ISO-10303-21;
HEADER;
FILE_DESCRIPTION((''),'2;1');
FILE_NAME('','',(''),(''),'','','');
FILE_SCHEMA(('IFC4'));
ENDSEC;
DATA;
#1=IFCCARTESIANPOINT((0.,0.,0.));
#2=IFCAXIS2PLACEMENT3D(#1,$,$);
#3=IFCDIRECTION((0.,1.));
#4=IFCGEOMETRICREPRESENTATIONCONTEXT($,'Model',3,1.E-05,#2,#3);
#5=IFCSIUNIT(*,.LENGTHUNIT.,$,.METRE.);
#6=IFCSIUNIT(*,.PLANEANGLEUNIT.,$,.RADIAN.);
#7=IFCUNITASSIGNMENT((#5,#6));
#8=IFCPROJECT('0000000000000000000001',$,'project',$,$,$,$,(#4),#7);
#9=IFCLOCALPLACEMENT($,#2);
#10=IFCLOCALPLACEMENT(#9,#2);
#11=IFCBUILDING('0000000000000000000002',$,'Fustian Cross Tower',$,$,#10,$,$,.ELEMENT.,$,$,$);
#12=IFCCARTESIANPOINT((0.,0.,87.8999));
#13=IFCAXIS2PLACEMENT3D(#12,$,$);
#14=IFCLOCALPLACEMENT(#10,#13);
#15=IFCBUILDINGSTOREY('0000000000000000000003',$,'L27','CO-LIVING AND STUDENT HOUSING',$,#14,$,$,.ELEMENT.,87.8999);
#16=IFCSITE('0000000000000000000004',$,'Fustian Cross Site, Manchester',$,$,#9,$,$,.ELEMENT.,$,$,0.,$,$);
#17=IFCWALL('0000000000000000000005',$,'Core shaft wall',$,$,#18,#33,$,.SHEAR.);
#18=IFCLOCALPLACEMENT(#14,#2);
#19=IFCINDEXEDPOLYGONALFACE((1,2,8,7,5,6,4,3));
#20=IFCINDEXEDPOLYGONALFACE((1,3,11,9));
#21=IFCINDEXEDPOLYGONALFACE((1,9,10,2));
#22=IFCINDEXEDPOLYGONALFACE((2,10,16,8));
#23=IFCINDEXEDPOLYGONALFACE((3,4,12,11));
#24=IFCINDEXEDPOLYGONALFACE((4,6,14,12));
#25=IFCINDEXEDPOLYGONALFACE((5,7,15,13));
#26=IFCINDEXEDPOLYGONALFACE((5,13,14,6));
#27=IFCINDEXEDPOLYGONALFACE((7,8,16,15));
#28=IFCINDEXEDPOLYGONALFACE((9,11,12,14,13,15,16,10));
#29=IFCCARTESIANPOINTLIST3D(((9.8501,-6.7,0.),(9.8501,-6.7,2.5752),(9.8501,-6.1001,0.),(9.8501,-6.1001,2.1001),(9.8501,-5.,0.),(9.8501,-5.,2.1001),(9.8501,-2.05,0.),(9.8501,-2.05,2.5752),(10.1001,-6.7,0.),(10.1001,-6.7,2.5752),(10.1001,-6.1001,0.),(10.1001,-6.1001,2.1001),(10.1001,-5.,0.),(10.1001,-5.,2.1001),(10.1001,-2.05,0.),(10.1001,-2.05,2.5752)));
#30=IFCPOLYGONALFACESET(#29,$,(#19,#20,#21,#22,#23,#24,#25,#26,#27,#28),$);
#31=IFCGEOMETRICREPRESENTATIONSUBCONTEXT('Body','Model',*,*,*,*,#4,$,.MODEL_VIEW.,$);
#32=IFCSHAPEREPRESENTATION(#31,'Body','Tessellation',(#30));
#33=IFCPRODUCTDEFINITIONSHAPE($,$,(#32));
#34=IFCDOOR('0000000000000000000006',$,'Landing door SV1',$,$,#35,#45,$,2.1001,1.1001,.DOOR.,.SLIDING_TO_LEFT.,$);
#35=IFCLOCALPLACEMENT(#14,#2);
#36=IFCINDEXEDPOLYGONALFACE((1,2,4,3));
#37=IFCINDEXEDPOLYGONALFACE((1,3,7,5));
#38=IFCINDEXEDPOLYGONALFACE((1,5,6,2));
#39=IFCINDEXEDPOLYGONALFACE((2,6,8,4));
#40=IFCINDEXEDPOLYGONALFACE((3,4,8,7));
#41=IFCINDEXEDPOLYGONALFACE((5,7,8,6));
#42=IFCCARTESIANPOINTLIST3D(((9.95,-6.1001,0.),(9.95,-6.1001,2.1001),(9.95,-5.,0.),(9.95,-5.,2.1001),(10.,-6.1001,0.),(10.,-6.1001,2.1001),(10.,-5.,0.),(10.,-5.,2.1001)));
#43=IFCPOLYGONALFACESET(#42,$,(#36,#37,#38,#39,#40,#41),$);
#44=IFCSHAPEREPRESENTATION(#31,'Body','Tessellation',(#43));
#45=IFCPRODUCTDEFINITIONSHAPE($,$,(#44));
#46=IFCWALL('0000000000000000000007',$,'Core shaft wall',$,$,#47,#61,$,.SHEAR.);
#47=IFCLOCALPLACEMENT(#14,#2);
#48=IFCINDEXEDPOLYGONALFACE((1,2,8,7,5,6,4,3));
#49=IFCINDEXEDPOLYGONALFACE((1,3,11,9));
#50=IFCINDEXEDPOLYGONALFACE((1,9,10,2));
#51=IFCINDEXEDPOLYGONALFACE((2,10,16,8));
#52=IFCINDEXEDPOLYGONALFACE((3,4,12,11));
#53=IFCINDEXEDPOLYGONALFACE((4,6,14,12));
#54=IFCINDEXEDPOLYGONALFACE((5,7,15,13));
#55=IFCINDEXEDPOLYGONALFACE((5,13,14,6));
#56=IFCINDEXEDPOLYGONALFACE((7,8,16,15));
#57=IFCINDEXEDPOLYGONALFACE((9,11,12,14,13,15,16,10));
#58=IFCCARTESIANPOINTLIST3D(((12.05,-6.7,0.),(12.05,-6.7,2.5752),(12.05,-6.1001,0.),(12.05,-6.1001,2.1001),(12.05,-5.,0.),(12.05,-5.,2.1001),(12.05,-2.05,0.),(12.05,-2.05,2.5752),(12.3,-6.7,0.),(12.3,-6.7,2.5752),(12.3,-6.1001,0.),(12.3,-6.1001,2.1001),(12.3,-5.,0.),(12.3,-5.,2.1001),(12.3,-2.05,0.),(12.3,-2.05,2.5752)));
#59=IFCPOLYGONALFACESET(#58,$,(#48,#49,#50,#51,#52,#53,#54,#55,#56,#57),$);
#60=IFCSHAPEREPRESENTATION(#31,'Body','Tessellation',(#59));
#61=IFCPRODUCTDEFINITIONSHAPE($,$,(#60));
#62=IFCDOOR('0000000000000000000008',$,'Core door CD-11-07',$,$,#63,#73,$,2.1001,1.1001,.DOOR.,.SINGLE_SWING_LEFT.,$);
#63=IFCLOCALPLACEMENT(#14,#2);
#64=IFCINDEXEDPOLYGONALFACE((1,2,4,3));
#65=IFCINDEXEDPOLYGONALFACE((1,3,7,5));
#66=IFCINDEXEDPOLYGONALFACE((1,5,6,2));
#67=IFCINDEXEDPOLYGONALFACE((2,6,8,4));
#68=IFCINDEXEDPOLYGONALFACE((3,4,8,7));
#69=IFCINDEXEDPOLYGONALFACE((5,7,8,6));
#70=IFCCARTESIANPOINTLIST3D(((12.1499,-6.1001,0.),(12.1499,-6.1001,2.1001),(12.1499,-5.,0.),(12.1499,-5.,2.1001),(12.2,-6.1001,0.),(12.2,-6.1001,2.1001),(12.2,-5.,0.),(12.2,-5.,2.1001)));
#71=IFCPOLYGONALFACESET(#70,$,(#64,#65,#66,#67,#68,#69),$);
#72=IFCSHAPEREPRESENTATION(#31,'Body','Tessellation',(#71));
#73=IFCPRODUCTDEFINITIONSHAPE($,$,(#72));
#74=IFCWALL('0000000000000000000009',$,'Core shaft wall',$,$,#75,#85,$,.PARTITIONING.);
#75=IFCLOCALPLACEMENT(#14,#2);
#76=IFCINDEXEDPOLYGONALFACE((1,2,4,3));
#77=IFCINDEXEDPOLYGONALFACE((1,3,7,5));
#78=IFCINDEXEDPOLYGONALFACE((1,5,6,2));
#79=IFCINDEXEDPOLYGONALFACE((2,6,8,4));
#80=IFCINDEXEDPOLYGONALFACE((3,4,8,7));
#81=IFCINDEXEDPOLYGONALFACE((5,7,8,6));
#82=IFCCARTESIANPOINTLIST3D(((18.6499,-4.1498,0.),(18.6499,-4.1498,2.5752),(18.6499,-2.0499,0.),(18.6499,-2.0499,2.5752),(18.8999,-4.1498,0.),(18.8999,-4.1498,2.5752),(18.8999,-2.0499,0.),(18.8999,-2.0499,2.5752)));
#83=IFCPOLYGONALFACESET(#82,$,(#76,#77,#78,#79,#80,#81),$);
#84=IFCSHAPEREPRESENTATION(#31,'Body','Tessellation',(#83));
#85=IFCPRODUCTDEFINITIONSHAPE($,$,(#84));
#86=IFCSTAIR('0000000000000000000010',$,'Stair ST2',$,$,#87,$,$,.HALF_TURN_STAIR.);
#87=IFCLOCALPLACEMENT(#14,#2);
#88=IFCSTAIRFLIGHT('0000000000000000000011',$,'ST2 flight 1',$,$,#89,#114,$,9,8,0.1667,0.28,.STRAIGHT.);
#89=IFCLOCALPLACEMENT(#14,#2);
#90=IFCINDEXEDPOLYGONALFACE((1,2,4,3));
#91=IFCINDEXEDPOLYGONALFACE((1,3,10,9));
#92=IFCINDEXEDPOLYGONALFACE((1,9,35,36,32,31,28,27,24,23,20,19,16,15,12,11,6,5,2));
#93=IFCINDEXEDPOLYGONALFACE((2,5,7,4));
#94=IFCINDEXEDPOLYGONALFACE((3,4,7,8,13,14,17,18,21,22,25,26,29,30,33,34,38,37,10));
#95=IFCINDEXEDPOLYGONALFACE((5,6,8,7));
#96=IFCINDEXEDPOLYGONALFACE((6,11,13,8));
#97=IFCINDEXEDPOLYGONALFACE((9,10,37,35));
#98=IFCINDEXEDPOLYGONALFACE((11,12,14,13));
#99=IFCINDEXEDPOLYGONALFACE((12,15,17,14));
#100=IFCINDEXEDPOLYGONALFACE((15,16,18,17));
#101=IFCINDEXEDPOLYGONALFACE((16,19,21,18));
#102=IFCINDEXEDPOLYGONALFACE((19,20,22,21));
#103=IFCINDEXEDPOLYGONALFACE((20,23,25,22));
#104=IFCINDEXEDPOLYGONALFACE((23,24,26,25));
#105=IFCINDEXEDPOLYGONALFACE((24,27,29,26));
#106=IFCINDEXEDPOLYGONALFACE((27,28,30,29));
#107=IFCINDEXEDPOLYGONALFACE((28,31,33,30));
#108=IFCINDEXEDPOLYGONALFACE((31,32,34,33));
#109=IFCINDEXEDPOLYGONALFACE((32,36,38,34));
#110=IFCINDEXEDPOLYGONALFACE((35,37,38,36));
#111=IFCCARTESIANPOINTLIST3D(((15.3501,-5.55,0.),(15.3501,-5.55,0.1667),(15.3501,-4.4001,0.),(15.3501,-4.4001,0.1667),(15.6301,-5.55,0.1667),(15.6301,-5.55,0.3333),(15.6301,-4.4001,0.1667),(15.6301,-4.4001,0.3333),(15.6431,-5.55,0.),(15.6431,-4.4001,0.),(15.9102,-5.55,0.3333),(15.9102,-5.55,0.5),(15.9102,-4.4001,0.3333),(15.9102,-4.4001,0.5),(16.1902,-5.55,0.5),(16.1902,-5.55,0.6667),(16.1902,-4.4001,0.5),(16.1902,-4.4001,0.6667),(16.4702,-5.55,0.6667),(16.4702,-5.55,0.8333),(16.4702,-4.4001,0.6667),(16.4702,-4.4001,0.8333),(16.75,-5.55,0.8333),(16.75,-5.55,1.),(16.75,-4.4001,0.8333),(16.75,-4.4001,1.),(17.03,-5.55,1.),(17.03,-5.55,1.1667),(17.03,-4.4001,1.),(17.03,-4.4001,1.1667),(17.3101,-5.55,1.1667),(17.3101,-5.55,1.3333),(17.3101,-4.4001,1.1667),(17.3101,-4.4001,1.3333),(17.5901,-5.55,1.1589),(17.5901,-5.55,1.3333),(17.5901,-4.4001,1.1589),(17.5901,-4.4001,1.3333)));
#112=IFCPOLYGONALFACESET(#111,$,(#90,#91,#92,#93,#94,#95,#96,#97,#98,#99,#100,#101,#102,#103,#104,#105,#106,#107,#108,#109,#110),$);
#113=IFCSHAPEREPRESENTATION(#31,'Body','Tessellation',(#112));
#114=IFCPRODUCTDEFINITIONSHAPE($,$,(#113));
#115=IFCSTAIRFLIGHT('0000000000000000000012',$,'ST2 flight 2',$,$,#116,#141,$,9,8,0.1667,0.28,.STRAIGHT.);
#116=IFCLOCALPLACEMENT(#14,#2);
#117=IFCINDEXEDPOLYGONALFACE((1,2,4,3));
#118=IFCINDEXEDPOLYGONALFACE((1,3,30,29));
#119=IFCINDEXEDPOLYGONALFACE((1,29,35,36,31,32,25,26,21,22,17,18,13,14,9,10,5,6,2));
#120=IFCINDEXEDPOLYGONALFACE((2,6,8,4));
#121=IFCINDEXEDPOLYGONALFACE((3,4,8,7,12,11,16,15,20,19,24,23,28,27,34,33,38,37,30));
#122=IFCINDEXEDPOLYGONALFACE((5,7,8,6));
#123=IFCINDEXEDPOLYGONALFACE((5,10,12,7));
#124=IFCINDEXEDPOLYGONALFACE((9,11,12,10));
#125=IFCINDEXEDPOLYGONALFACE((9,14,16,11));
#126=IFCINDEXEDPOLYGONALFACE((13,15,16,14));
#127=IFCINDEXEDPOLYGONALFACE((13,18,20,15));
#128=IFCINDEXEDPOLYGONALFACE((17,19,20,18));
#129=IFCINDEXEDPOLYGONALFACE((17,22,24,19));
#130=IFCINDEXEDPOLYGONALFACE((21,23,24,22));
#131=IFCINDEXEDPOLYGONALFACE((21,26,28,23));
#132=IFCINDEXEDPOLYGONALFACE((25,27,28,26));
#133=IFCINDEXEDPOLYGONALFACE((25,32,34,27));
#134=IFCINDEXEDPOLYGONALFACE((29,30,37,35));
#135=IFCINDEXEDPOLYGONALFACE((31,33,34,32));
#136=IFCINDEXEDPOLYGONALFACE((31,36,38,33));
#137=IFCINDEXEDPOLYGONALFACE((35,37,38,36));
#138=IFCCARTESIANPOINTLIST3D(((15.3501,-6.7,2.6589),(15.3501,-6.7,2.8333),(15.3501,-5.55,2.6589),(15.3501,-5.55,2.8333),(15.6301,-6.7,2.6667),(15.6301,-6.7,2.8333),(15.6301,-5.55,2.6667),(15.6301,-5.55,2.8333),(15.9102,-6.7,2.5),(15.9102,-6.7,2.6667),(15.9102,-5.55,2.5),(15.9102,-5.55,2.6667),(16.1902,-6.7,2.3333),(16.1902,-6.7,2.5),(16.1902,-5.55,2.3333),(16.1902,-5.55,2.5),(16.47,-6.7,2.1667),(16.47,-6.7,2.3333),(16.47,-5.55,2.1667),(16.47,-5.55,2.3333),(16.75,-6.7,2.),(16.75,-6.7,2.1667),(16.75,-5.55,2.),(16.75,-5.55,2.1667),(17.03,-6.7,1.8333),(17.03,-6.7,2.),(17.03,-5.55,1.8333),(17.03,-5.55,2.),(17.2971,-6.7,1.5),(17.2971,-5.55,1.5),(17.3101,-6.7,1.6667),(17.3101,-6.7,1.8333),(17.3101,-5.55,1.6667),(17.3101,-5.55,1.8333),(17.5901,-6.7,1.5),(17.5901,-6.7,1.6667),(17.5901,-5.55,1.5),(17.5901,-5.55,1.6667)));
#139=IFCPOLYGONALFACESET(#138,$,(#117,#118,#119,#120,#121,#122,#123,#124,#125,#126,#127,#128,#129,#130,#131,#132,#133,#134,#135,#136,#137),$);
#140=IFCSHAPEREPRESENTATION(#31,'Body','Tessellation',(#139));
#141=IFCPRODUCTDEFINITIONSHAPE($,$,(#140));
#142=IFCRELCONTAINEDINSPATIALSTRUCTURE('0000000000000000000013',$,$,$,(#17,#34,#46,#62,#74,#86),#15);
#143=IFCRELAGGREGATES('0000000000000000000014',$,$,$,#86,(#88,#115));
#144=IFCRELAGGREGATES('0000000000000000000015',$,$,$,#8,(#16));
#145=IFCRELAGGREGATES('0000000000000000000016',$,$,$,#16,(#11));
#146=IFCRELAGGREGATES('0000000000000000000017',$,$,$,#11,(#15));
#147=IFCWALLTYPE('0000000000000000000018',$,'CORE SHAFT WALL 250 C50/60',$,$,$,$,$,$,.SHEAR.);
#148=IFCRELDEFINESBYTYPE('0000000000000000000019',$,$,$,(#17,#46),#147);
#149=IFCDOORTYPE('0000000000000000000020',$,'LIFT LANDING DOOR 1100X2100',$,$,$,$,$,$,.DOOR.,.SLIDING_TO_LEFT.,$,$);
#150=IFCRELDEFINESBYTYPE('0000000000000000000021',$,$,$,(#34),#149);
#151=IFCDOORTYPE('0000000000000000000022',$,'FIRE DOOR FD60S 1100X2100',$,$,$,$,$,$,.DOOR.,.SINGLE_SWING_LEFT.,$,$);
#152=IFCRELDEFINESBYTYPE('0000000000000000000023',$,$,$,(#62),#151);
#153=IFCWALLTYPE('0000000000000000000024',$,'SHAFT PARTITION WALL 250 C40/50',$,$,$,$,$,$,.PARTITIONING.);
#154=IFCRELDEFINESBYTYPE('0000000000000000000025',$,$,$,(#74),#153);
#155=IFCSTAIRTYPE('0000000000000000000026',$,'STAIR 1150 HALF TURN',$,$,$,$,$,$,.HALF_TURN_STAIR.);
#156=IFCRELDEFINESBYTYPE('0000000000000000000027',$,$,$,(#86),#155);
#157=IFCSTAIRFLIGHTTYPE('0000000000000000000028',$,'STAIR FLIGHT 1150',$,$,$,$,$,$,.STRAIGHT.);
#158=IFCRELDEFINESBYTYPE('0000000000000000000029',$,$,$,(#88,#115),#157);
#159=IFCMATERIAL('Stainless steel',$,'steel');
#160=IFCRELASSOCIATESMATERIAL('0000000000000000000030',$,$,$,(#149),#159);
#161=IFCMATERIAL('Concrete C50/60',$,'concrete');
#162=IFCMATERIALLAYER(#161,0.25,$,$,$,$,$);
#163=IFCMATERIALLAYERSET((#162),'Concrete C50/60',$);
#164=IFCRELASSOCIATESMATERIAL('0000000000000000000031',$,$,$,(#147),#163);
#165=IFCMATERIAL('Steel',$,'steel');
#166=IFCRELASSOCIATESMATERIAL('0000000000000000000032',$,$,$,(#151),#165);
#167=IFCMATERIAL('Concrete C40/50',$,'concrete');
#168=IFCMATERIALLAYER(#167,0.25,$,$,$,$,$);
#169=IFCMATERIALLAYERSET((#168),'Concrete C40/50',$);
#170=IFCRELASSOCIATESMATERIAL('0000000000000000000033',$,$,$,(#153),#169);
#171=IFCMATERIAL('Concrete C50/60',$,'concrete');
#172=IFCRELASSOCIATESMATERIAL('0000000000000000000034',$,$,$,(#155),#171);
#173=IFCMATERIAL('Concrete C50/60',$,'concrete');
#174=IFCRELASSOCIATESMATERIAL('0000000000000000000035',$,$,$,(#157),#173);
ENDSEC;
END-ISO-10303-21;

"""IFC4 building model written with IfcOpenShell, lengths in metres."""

from ifc_helpers import new_model, si_unit, direction, frame, frame_2d, origin, place, context, subcontext, project, spatial, polyline, rectangle, outline, extrude, material, layer, layer_set, type_object, element, fill, aggregate, save


model = new_model("IFC4")

# Units and contexts
model_context = context("Model", 3, precision=1e-05, world=origin(), true_north=direction((0.0, 1.0)))
body_context = subcontext(model_context, "Body", "Model", "MODEL_VIEW")
ifc_project = project(units=[si_unit("LENGTHUNIT", "METRE"), si_unit("PLANEANGLEUNIT", "RADIAN")], contexts=[model_context])

# Site, building, storey
site_placement = place(None, origin())
site = spatial("IfcSite", under=ifc_project, at=site_placement, Name="Fustian Cross Site, Manchester", CompositionType="ELEMENT", RefElevation=0.0)
building_placement = place(site_placement, origin())
building = spatial("IfcBuilding", under=site, at=building_placement, Name="Fustian Cross Tower", CompositionType="ELEMENT")
storey_placement = place(building_placement, frame((0.0, 0.0, 87.8999)))
storey = spatial("IfcBuildingStorey", under=building, at=storey_placement, Name="L27", Description="CO-LIVING AND STUDENT HOUSING", CompositionType="ELEMENT", Elevation=87.8999)

# Shared definitions
ifc_material_1 = material(Name="Stainless steel", Category="steel")
door_type_1 = type_object("IfcDoorType", Name="LIFT LANDING DOOR 1100X2100", OperationType="SLIDING_TO_LEFT", PredefinedType="DOOR", material=ifc_material_1)

# Shared definitions
ifc_material_2 = material(Name="Concrete C50/60", Category="concrete")
ifc_layer_1 = layer(ifc_material_2, 0.25)
ifc_layer_set_1 = layer_set([ifc_layer_1], Name="Concrete C50/60")
wall_type_1 = type_object("IfcWallType", Name="CORE SHAFT WALL 250 C50/60", PredefinedType="SHEAR", material=ifc_layer_set_1)

# Walls, openings, doors
wall_1_placement = place(storey_placement, frame((9.9751, -2.05, 0.0), z_axis=(0.0, 0.0, 1.0), x_axis=(0.0, -1.0, 0.0)))
wall_1 = element("IfcWall", 1, at=wall_1_placement, inside=storey, type_object=wall_type_1, Name="Core shaft wall", PredefinedType="SHEAR", context=body_context, shape_type="SweptSolid", body=[
    extrude(rectangle(XDim=4.6499, YDim=0.25, at=frame_2d((2.325, 0.0))), origin(), (0.0, 0.0, 1.0), 2.5752),
])
opening_1_placement = place(wall_1_placement, frame((2.95, 0.0, 0.0)))
opening_1 = element("IfcOpeningElement", 2, at=opening_1_placement, cuts=wall_1, PredefinedType="OPENING", context=body_context, shape_type="SweptSolid", body=[
    extrude(rectangle(XDim=1.1001, YDim=2.1001, at=frame_2d((0.55, 1.05))), frame((0.0, 0.135, 0.0), z_axis=(0.0, -1.0, 0.0), x_axis=(1.0, 0.0, 0.0)), (0.0, 0.0, 1.0), 0.27),
])
door_1_placement = place(opening_1_placement, origin())
door_1 = element("IfcDoor", 3, at=door_1_placement, inside=storey, type_object=door_type_1, Name="Landing door SV1", OperationType="SLIDING_TO_LEFT", OverallHeight=2.1001, OverallWidth=1.1001, PredefinedType="DOOR", context=body_context, shape_type="SweptSolid", body=[
    extrude(rectangle(XDim=1.1001, YDim=2.1001, at=frame_2d((0.55, 1.05))), frame((0.0, 0.0249, 0.0), z_axis=(0.0, -1.0, 0.0), x_axis=(1.0, 0.0, 0.0)), (0.0, 0.0, 1.0), 0.05),
])
fill(opening_1, door_1)
wall_2_placement = place(storey_placement, frame((12.175, -2.05, 0.0), z_axis=(0.0, 0.0, 1.0), x_axis=(0.0, -1.0, 0.0)))
wall_2 = element("IfcWall", 4, at=wall_2_placement, inside=storey, type_object=wall_type_1, Name="Core shaft wall", PredefinedType="SHEAR", context=body_context, shape_type="SweptSolid", body=[
    extrude(rectangle(XDim=4.6499, YDim=0.25, at=frame_2d((2.325, 0.0))), origin(), (0.0, 0.0, 1.0), 2.5752),
])
opening_2_placement = place(wall_2_placement, frame((2.95, 0.0, 0.0)))
opening_2 = element("IfcOpeningElement", 5, at=opening_2_placement, cuts=wall_2, PredefinedType="OPENING", context=body_context, shape_type="SweptSolid", body=[
    extrude(rectangle(XDim=1.1001, YDim=2.1001, at=frame_2d((0.55, 1.05))), frame((0.0, 0.135, 0.0), z_axis=(0.0, -1.0, 0.0), x_axis=(1.0, 0.0, 0.0)), (0.0, 0.0, 1.0), 0.27),
])
ifc_material_3 = material(Name="Steel", Category="steel")
door_type_2 = type_object("IfcDoorType", Name="FIRE DOOR FD60S 1100X2100", OperationType="SINGLE_SWING_LEFT", PredefinedType="DOOR", material=ifc_material_3)
door_2_placement = place(opening_2_placement, origin())
door_2 = element("IfcDoor", 6, at=door_2_placement, inside=storey, type_object=door_type_2, Name="Core door CD-11-07", OperationType="SINGLE_SWING_LEFT", OverallHeight=2.1001, OverallWidth=1.1001, PredefinedType="DOOR", context=body_context, shape_type="SweptSolid", body=[
    extrude(rectangle(XDim=1.1001, YDim=2.1001, at=frame_2d((0.55, 1.05))), frame((0.0, 0.0249, 0.0), z_axis=(0.0, -1.0, 0.0), x_axis=(1.0, 0.0, 0.0)), (0.0, 0.0, 1.0), 0.05),
])
fill(opening_2, door_2)

# Wall
ifc_material_4 = material(Name="Concrete C40/50", Category="concrete")
ifc_layer_2 = layer(ifc_material_4, 0.25)
ifc_layer_set_2 = layer_set([ifc_layer_2], Name="Concrete C40/50")
wall_type_2 = type_object("IfcWallType", Name="SHAFT PARTITION WALL 250 C40/50", PredefinedType="PARTITIONING", material=ifc_layer_set_2)
wall_3_placement = place(storey_placement, frame((18.7749, -2.05, 0.0), z_axis=(0.0, 0.0, 1.0), x_axis=(0.0, -1.0, 0.0)))
element("IfcWall", 7, at=wall_3_placement, inside=storey, type_object=wall_type_2, Name="Core shaft wall", PredefinedType="PARTITIONING", context=body_context, shape_type="SweptSolid", body=[
    extrude(rectangle(XDim=2.0999, YDim=0.25, at=frame_2d((1.0498, 0.0))), origin(), (0.0, 0.0, 1.0), 2.5752),
])

# Stair, stair flights
ifc_material_5 = material(Name="Concrete C50/60", Category="concrete")
stair_type = type_object("IfcStairType", Name="STAIR 1150 HALF TURN", PredefinedType="HALF_TURN_STAIR", material=ifc_material_5)
stair_placement = place(storey_placement, origin())
stair = element("IfcStair", 8, at=stair_placement, inside=storey, type_object=stair_type, Name="Stair ST2", PredefinedType="HALF_TURN_STAIR")
ifc_material_6 = material(Name="Concrete C50/60", Category="concrete")
stair_flight_type = type_object("IfcStairFlightType", Name="STAIR FLIGHT 1150", PredefinedType="STRAIGHT", material=ifc_material_6)
stair_flight_1_placement = place(storey_placement, frame((15.3501, -4.9751, 0.0), z_axis=(0.0, 0.0, 1.0), x_axis=(1.0, 0.0, 0.0)))
stair_flight_1 = element("IfcStairFlight", 9, at=stair_flight_1_placement, type_object=stair_flight_type, Name="ST2 flight 1", NumberOfRisers=9, NumberOfTreads=8, PredefinedType="STRAIGHT", RiserHeight=0.1667, TreadLength=0.28, context=body_context, shape_type="SweptSolid", body=[
    extrude(outline(polyline([(0.0, 0.0), (0.0, 0.1667), (0.28, 0.1667), (0.28, 0.3333), (0.5601, 0.3333), (0.5601, 0.5), (0.8401, 0.5), (0.8401, 0.6667), (1.1201, 0.6667), (1.1201, 0.8333), (1.3999, 0.8333), (1.3999, 1.0), (1.6799, 1.0), (1.6799, 1.1667), (1.96, 1.1667), (1.96, 1.3333), (2.24, 1.3333), (2.24, 1.5), (2.24, 1.1589), (0.293, 0.0), (0.0, 0.0)])), frame((0.0, 0.575, 0.0), z_axis=(0.0, -1.0, 0.0), x_axis=(1.0, 0.0, 0.0)), (0.0, 0.0, 1.0), 1.1499),
])
stair_flight_2_placement = place(storey_placement, frame((17.5901, -6.125, 1.5), z_axis=(0.0, 0.0, 1.0), x_axis=(-1.0, 0.0, 0.0)))
stair_flight_2 = element("IfcStairFlight", 10, at=stair_flight_2_placement, type_object=stair_flight_type, Name="ST2 flight 2", NumberOfRisers=9, NumberOfTreads=8, PredefinedType="STRAIGHT", RiserHeight=0.1667, TreadLength=0.28, context=body_context, shape_type="SweptSolid", body=[
    extrude(outline(polyline([(0.0, 0.0), (0.0, 0.1667), (0.28, 0.1667), (0.28, 0.3333), (0.5601, 0.3333), (0.5601, 0.5), (0.8401, 0.5), (0.8401, 0.6667), (1.1201, 0.6667), (1.1201, 0.8333), (1.3999, 0.8333), (1.3999, 1.0), (1.6799, 1.0), (1.6799, 1.1667), (1.96, 1.1667), (1.96, 1.3333), (2.24, 1.3333), (2.24, 1.5), (2.24, 1.1589), (0.293, 0.0), (0.0, 0.0)])), frame((0.0, 0.575, 0.0), z_axis=(0.0, -1.0, 0.0), x_axis=(1.0, 0.0, 0.0)), (0.0, 0.0, 1.0), 1.1499),
])
aggregate(stair, [stair_flight_1, stair_flight_2])

save(model, "model.ifc")
